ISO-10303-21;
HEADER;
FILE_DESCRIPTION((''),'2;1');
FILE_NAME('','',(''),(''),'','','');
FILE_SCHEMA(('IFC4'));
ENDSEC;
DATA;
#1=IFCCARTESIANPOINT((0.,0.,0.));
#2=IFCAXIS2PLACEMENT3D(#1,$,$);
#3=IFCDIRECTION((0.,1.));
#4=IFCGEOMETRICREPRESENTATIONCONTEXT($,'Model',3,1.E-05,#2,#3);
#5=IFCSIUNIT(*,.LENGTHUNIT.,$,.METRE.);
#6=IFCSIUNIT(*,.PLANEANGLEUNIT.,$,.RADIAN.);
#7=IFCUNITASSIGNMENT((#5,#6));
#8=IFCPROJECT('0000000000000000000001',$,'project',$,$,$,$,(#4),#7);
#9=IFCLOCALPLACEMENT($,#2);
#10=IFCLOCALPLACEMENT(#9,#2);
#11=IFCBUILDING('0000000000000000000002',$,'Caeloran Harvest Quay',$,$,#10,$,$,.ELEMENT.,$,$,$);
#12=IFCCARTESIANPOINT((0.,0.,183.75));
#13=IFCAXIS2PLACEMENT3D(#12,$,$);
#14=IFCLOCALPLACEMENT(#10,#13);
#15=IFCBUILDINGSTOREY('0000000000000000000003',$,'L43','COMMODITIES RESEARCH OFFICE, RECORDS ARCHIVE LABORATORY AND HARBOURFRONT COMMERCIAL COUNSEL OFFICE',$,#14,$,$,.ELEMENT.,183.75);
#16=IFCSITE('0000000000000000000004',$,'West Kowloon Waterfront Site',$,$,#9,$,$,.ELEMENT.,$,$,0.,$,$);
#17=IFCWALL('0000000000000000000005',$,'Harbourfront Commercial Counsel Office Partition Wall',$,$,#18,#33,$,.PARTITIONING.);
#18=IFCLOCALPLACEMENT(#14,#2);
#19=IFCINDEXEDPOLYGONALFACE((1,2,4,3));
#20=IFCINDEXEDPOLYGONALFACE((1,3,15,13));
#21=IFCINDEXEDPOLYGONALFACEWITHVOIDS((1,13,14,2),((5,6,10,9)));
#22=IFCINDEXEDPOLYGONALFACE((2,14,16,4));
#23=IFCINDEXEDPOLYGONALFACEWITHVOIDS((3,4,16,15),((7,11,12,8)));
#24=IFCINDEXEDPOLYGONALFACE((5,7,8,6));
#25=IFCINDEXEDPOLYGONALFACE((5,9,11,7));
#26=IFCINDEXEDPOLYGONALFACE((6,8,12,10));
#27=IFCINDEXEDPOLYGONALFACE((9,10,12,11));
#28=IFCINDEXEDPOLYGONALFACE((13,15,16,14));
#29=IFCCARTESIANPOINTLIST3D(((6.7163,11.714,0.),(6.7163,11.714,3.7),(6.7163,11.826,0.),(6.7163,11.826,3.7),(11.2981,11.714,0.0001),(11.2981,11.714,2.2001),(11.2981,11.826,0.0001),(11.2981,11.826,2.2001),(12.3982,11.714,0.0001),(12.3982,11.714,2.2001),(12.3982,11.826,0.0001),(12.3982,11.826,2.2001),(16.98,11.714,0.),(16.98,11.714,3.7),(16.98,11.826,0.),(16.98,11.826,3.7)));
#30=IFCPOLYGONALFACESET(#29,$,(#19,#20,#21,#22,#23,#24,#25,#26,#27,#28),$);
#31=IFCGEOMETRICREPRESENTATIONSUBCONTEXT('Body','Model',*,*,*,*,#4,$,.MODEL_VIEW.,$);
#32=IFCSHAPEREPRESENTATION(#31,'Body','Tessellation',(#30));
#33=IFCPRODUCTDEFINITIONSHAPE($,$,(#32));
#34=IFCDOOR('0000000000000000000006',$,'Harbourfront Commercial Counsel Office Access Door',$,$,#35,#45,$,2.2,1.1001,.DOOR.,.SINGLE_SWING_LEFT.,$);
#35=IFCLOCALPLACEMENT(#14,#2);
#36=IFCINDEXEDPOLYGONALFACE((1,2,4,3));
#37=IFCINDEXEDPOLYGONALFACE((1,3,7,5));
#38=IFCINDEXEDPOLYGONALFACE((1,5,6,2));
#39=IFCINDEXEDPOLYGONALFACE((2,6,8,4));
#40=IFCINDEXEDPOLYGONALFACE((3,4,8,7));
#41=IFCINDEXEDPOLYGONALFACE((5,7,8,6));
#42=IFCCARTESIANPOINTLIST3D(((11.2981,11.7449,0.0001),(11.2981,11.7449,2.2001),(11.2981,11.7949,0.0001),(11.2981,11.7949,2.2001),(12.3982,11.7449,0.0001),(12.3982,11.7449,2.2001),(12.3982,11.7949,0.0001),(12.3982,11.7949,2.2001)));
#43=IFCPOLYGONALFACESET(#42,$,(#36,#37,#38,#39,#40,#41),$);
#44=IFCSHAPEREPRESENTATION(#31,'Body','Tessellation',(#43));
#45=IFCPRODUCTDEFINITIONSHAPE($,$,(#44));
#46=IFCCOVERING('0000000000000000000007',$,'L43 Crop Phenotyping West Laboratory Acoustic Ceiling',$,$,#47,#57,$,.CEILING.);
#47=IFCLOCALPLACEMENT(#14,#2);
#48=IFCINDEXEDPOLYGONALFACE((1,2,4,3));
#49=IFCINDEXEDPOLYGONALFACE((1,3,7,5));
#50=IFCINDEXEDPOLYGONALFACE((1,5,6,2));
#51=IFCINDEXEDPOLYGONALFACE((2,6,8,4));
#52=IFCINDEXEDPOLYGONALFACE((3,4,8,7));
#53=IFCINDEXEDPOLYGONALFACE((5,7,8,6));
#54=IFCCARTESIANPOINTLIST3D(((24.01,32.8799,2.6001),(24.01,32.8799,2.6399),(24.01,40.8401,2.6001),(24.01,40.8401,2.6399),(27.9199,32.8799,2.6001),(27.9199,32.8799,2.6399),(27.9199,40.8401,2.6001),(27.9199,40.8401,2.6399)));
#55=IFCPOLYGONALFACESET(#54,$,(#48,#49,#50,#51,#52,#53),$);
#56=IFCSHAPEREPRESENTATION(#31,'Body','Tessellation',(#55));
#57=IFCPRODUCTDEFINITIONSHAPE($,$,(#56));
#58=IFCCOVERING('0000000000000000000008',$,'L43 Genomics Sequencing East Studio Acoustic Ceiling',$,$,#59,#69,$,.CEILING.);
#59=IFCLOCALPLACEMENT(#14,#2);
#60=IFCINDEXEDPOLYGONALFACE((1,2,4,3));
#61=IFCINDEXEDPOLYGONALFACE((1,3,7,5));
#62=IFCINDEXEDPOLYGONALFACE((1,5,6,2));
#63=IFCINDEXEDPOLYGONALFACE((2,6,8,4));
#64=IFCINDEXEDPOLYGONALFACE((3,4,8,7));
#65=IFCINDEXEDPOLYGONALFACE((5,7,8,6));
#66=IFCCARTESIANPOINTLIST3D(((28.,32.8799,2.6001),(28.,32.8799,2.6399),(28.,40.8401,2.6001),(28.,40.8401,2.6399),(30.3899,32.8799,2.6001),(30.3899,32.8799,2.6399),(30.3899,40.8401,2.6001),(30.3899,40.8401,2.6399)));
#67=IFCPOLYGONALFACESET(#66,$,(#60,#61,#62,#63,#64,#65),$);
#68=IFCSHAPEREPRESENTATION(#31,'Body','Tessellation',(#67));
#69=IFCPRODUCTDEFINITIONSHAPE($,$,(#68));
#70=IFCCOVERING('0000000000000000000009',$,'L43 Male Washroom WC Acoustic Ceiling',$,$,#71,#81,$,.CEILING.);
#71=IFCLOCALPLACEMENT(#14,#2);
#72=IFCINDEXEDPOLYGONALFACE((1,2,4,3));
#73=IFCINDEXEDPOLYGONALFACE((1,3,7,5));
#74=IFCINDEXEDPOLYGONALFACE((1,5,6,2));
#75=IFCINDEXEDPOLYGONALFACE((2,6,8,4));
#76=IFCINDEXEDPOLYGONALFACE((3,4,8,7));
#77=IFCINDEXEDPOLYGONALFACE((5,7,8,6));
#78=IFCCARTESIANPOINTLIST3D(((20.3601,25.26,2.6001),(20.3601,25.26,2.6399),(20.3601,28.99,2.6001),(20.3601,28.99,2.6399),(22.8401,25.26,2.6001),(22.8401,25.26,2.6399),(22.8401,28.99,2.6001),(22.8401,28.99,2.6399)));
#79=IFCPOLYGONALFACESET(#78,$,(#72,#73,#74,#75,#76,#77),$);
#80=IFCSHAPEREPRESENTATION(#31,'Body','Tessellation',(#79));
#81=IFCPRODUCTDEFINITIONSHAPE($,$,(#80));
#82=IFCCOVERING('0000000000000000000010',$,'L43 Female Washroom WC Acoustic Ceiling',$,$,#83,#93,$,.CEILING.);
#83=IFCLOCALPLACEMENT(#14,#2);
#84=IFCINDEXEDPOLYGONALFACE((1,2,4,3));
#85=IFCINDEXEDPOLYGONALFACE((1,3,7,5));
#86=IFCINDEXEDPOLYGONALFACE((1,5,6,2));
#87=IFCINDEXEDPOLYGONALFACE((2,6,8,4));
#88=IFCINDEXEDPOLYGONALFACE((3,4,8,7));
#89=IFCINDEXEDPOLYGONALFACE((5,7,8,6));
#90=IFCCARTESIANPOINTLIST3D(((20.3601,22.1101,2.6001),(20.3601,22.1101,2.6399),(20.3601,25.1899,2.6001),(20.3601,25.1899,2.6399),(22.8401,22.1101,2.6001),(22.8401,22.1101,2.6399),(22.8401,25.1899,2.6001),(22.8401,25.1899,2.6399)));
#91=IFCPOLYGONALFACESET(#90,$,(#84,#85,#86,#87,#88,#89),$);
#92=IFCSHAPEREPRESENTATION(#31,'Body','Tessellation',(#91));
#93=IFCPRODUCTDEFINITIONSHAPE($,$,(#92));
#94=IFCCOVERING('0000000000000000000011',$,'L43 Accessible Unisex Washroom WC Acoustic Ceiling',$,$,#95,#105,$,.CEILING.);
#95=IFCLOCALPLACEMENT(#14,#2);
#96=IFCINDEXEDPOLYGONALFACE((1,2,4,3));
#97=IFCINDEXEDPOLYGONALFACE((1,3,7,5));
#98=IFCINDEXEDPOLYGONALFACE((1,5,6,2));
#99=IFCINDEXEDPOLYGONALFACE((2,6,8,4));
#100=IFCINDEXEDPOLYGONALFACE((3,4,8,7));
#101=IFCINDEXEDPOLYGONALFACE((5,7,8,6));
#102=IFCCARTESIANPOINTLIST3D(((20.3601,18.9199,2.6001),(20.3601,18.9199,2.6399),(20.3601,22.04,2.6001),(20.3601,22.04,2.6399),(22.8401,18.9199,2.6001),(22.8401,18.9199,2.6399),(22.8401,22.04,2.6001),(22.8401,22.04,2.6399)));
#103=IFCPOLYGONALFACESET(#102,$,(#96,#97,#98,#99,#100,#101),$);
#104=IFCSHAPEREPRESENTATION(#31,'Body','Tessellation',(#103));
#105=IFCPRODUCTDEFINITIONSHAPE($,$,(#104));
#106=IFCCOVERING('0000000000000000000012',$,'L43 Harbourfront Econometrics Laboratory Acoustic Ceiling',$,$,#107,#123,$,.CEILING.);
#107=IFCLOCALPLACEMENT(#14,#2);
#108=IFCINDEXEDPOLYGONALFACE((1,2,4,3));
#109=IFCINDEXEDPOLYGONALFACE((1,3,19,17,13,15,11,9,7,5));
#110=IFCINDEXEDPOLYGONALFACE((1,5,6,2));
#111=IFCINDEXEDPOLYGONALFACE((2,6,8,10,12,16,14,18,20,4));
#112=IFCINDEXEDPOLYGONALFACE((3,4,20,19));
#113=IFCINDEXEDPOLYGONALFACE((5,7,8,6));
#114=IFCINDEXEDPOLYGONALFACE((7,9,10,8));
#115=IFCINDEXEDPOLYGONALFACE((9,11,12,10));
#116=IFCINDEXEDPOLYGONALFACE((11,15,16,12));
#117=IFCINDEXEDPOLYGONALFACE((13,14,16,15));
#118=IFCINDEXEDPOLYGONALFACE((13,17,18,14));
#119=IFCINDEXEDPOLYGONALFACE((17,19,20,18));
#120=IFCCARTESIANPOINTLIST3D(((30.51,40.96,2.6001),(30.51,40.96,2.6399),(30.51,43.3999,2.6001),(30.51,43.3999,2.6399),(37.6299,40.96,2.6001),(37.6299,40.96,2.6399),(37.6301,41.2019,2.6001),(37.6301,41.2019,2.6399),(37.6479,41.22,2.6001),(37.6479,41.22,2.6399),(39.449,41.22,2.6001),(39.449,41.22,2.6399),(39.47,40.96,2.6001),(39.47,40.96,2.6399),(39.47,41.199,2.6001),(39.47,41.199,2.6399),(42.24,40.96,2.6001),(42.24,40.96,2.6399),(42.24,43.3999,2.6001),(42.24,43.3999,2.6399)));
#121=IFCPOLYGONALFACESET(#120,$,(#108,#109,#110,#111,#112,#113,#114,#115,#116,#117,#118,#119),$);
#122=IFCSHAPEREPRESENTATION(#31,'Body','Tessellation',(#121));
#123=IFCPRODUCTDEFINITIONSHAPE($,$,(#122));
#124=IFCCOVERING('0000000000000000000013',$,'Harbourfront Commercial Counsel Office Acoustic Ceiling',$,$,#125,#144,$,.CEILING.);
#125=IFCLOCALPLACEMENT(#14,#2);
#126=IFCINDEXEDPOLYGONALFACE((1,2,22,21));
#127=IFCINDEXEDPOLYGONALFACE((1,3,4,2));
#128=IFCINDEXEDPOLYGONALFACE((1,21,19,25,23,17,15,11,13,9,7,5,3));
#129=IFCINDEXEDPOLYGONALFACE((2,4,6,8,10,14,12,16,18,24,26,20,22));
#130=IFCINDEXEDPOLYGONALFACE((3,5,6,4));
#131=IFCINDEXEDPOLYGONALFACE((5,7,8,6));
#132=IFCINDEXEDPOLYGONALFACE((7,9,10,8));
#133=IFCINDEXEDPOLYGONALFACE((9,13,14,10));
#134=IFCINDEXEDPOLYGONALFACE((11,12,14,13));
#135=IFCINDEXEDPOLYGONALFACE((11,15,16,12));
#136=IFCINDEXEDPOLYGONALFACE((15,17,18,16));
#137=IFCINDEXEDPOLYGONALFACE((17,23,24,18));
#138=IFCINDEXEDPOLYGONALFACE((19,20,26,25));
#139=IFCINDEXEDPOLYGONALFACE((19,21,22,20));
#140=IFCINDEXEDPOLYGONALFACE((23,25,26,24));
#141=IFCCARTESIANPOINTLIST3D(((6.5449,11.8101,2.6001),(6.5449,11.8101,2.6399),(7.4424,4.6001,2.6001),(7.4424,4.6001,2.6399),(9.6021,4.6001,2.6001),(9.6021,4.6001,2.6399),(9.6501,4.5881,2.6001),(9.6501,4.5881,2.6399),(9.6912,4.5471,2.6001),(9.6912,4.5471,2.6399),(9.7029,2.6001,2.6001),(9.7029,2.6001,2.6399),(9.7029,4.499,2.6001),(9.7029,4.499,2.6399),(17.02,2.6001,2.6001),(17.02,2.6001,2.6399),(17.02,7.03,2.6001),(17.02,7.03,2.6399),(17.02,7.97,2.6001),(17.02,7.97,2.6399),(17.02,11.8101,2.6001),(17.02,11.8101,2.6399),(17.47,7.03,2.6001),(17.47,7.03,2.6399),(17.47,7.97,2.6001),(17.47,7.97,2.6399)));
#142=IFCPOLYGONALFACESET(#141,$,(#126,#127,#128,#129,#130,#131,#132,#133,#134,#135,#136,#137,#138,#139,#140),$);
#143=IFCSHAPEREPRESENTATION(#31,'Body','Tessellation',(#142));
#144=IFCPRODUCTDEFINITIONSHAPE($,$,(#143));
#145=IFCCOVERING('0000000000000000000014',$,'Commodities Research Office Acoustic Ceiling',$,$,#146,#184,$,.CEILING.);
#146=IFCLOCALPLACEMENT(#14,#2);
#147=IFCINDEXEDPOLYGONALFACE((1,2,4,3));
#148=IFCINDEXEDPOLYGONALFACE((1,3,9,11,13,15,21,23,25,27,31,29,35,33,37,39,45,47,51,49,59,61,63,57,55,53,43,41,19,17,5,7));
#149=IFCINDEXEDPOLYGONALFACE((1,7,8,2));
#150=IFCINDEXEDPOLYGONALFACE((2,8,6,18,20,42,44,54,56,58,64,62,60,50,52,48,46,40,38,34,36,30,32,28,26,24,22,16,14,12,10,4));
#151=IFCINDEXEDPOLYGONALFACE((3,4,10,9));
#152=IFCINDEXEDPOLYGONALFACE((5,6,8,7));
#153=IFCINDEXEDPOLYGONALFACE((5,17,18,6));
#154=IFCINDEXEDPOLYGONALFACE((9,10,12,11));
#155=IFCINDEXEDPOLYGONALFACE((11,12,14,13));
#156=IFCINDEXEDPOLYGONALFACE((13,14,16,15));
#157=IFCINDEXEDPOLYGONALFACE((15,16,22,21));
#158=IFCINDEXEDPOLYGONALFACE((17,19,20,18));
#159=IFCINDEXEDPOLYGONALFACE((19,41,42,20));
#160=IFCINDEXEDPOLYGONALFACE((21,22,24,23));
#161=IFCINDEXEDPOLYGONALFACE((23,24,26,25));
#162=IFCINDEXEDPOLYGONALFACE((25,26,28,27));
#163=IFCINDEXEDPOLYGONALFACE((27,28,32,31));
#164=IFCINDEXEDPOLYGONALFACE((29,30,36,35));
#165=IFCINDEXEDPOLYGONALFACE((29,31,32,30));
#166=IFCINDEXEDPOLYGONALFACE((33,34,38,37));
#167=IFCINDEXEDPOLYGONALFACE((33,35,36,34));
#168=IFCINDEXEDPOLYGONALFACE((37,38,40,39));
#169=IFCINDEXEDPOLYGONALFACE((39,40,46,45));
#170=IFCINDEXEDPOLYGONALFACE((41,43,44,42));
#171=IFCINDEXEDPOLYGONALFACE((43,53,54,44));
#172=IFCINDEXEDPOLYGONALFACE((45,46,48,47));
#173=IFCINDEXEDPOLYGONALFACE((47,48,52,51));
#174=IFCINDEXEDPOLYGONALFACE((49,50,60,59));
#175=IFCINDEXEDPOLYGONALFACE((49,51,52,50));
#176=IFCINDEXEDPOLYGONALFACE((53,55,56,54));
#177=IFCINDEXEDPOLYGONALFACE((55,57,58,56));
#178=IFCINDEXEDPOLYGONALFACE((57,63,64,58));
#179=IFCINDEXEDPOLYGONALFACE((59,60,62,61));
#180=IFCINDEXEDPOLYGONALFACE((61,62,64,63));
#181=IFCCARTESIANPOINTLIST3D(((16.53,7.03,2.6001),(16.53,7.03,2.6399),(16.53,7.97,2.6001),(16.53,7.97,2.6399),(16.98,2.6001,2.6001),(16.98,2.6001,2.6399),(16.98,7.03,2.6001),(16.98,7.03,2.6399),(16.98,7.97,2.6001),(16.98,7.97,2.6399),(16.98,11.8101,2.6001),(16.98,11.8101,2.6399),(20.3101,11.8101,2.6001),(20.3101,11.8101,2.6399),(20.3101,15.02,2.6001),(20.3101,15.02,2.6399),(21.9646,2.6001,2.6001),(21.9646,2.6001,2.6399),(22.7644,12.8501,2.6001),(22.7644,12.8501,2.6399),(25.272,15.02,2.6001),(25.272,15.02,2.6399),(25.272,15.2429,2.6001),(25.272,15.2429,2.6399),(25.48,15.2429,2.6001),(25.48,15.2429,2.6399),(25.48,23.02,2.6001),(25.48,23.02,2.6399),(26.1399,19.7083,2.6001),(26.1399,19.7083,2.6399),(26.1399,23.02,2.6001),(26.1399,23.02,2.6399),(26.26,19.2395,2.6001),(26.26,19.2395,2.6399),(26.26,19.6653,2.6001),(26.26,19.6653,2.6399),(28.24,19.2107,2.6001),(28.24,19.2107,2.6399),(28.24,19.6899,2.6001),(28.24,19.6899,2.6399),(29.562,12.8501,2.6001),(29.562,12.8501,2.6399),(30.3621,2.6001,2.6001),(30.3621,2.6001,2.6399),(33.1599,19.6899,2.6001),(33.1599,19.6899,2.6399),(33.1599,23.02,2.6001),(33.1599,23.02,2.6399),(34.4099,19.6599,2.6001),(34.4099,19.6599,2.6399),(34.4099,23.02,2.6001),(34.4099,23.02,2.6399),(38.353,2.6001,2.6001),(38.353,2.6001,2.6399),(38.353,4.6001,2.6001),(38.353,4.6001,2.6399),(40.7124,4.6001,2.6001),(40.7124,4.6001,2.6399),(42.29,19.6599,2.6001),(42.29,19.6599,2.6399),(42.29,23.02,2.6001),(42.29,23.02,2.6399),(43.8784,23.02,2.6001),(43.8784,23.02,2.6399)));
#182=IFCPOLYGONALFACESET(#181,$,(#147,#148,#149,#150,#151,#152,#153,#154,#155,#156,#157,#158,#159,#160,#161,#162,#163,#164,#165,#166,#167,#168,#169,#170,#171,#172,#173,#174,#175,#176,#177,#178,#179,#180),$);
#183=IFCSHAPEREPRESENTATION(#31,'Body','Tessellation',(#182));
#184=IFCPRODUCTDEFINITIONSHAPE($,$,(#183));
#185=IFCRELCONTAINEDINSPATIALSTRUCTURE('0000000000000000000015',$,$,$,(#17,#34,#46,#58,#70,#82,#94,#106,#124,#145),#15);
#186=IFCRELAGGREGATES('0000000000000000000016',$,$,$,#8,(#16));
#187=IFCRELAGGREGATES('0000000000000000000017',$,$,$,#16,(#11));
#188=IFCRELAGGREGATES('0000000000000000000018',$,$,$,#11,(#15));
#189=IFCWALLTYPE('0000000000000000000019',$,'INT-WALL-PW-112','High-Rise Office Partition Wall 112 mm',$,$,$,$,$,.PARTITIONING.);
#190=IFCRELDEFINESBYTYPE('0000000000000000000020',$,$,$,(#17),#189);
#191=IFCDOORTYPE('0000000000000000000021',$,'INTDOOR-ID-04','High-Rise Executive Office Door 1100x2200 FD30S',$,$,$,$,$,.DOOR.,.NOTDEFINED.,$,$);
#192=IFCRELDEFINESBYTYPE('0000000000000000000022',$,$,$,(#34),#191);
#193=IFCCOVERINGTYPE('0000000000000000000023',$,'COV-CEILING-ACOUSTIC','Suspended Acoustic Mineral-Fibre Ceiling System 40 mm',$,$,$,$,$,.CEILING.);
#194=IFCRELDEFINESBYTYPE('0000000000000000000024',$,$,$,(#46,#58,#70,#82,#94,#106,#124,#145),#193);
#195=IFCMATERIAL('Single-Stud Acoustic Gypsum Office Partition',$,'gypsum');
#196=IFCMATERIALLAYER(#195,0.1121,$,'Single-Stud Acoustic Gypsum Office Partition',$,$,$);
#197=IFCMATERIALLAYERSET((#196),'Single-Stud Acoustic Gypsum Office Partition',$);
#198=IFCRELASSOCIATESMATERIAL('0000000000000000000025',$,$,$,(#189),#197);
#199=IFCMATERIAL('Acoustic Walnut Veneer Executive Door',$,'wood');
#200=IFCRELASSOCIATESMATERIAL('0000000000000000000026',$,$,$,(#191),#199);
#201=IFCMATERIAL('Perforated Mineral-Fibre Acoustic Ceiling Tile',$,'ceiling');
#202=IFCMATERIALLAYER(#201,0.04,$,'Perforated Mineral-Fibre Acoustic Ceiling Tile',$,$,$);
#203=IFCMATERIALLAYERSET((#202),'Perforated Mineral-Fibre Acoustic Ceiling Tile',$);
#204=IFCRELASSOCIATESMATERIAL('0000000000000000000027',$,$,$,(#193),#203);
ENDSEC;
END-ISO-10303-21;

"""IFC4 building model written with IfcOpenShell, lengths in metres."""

from ifc_helpers import new_model, si_unit, direction, frame, frame_2d, origin, place, context, subcontext, project, spatial, polyline, rectangle, outline, extrude, material, layer, layer_set, type_object, element, fill, save


model = new_model("IFC4")

# Units and contexts
model_context = context("Model", 3, precision=1e-05, world=origin(), true_north=direction((0.0, 1.0)))
body_context = subcontext(model_context, "Body", "Model", "MODEL_VIEW")
ifc_project = project(units=[si_unit("LENGTHUNIT", "METRE"), si_unit("PLANEANGLEUNIT", "RADIAN")], contexts=[model_context])

# Site, building, storey
site_placement = place(None, origin())
site = spatial("IfcSite", under=ifc_project, at=site_placement, Name="West Kowloon Waterfront Site", CompositionType="ELEMENT", RefElevation=0.0)
building_placement = place(site_placement, origin())
building = spatial("IfcBuilding", under=site, at=building_placement, Name="Caeloran Harvest Quay", CompositionType="ELEMENT")
storey_placement = place(building_placement, frame((0.0, 0.0, 183.75)))
storey = spatial("IfcBuildingStorey", under=building, at=storey_placement, Name="L43", Description="COMMODITIES RESEARCH OFFICE, RECORDS ARCHIVE LABORATORY AND HARBOURFRONT COMMERCIAL COUNSEL OFFICE", CompositionType="ELEMENT", Elevation=183.75)

# Wall, opening, door
ifc_material_1 = material(Name="Single-Stud Acoustic Gypsum Office Partition", Category="gypsum")
ifc_layer_1 = layer(ifc_material_1, 0.1121, Name="Single-Stud Acoustic Gypsum Office Partition")
ifc_layer_set_1 = layer_set([ifc_layer_1], Name="Single-Stud Acoustic Gypsum Office Partition")
wall_type_1 = type_object("IfcWallType", Name="INT-WALL-PW-112", Description="High-Rise Office Partition Wall 112 mm", PredefinedType="PARTITIONING", material=ifc_layer_set_1)
wall_1_placement = place(storey_placement, frame((6.7163, 11.77, 0.0), z_axis=(0.0, 0.0, 1.0), x_axis=(1.0, 0.0, 0.0)))
wall_1 = element("IfcWall", 1, at=wall_1_placement, inside=storey, type_object=wall_type_1, Name="Harbourfront Commercial Counsel Office Partition Wall", PredefinedType="PARTITIONING", context=body_context, shape_type="SweptSolid", body=[
    extrude(rectangle(XDim=10.2637, YDim=0.1121, at=frame_2d((5.1318, 0.0))), origin(), (0.0, 0.0, 1.0), 3.7),
])
opening_1_placement = place(wall_1_placement, frame((4.5818, 0.0, 0.0)))
opening_1 = element("IfcOpeningElement", 2, at=opening_1_placement, cuts=wall_1, PredefinedType="OPENING", context=body_context, shape_type="SweptSolid", body=[
    extrude(rectangle(XDim=1.1001, YDim=2.2, at=frame_2d((0.55, 1.1001))), frame((0.0, 0.0659, 0.0), z_axis=(0.0, -1.0, 0.0), x_axis=(1.0, 0.0, 0.0)), (0.0, 0.0, 1.0), 0.1321),
])
ifc_material_2 = material(Name="Acoustic Walnut Veneer Executive Door", Category="wood")
door_type = type_object("IfcDoorType", Name="INTDOOR-ID-04", Description="High-Rise Executive Office Door 1100x2200 FD30S", OperationType="NOTDEFINED", PredefinedType="DOOR", material=ifc_material_2)
door_placement = place(opening_1_placement, origin())
door = element("IfcDoor", 3, at=door_placement, inside=storey, type_object=door_type, Name="Harbourfront Commercial Counsel Office Access Door", OperationType="SINGLE_SWING_LEFT", OverallHeight=2.2, OverallWidth=1.1001, PredefinedType="DOOR", context=body_context, shape_type="SweptSolid", body=[
    extrude(rectangle(XDim=1.1001, YDim=2.2, at=frame_2d((0.55, 1.1001))), frame((0.0, 0.0249, 0.0), z_axis=(0.0, -1.0, 0.0), x_axis=(1.0, 0.0, 0.0)), (0.0, 0.0, 1.0), 0.05),
])
fill(opening_1, door)

# Coverings
ifc_material_3 = material(Name="Perforated Mineral-Fibre Acoustic Ceiling Tile", Category="ceiling")
ifc_layer_2 = layer(ifc_material_3, 0.04, Name="Perforated Mineral-Fibre Acoustic Ceiling Tile")
ifc_layer_set_2 = layer_set([ifc_layer_2], Name="Perforated Mineral-Fibre Acoustic Ceiling Tile")
covering_type_1 = type_object("IfcCoveringType", Name="COV-CEILING-ACOUSTIC", Description="Suspended Acoustic Mineral-Fibre Ceiling System 40 mm", PredefinedType="CEILING", material=ifc_layer_set_2)
covering_1_placement = place(storey_placement, frame((0.0, 0.0, 2.6001)))
element("IfcCovering", 4, at=covering_1_placement, inside=storey, type_object=covering_type_1, Name="L43 Crop Phenotyping West Laboratory Acoustic Ceiling", PredefinedType="CEILING", context=body_context, shape_type="SweptSolid", body=[
    extrude(outline(polyline([(27.9199, 40.8401), (27.9199, 32.8799), (24.01, 32.8799), (24.01, 40.8401), (27.9199, 40.8401)])), origin(), (0.0, 0.0, 1.0), 0.0398),
])
covering_2_placement = place(storey_placement, frame((0.0, 0.0, 2.6001)))
element("IfcCovering", 5, at=covering_2_placement, inside=storey, type_object=covering_type_1, Name="L43 Genomics Sequencing East Studio Acoustic Ceiling", PredefinedType="CEILING", context=body_context, shape_type="SweptSolid", body=[
    extrude(outline(polyline([(30.3899, 40.8401), (30.3899, 32.8799), (28.0, 32.8799), (28.0, 40.8401), (30.3899, 40.8401)])), origin(), (0.0, 0.0, 1.0), 0.0398),
])
covering_3_placement = place(storey_placement, frame((0.0, 0.0, 2.6001)))
element("IfcCovering", 6, at=covering_3_placement, inside=storey, type_object=covering_type_1, Name="L43 Male Washroom WC Acoustic Ceiling", PredefinedType="CEILING", context=body_context, shape_type="SweptSolid", body=[
    extrude(outline(polyline([(22.8401, 28.99), (22.8401, 25.26), (20.3601, 25.26), (20.3601, 28.99), (22.8401, 28.99)])), origin(), (0.0, 0.0, 1.0), 0.0398),
])
covering_4_placement = place(storey_placement, frame((0.0, 0.0, 2.6001)))
element("IfcCovering", 7, at=covering_4_placement, inside=storey, type_object=covering_type_1, Name="L43 Female Washroom WC Acoustic Ceiling", PredefinedType="CEILING", context=body_context, shape_type="SweptSolid", body=[
    extrude(outline(polyline([(22.8401, 25.1899), (22.8401, 22.1101), (20.3601, 22.1101), (20.3601, 25.1899), (22.8401, 25.1899)])), origin(), (0.0, 0.0, 1.0), 0.0398),
])
covering_5_placement = place(storey_placement, frame((0.0, 0.0, 2.6001)))
element("IfcCovering", 8, at=covering_5_placement, inside=storey, type_object=covering_type_1, Name="L43 Accessible Unisex Washroom WC Acoustic Ceiling", PredefinedType="CEILING", context=body_context, shape_type="SweptSolid", body=[
    extrude(outline(polyline([(22.8401, 22.04), (22.8401, 18.9199), (20.3601, 18.9199), (20.3601, 22.04), (22.8401, 22.04)])), origin(), (0.0, 0.0, 1.0), 0.0398),
])
covering_6_placement = place(storey_placement, frame((0.0, 0.0, 2.6001)))
element("IfcCovering", 9, at=covering_6_placement, inside=storey, type_object=covering_type_1, Name="L43 Harbourfront Econometrics Laboratory Acoustic Ceiling", PredefinedType="CEILING", context=body_context, shape_type="SweptSolid", body=[
    extrude(outline(polyline([(39.47, 41.199), (39.449, 41.22), (37.6479, 41.22), (37.6301, 41.2019), (37.6299, 40.96), (30.51, 40.96), (30.51, 43.3999), (42.24, 43.3999), (42.24, 40.96), (39.47, 40.96), (39.47, 41.199)])), origin(), (0.0, 0.0, 1.0), 0.0398),
])
covering_7_placement = place(storey_placement, frame((0.0, 0.0, 2.6001)))
element("IfcCovering", 10, at=covering_7_placement, inside=storey, type_object=covering_type_1, Name="Harbourfront Commercial Counsel Office Acoustic Ceiling", PredefinedType="CEILING", context=body_context, shape_type="SweptSolid", body=[
    extrude(outline(polyline([(9.6912, 4.5471), (9.6501, 4.5881), (9.6021, 4.6001), (7.4424, 4.6001), (6.5449, 11.8101), (17.02, 11.8101), (17.02, 7.97), (17.47, 7.97), (17.47, 7.03), (17.02, 7.03), (17.02, 2.6001), (9.7029, 2.6001), (9.7029, 4.499), (9.6912, 4.5471)])), origin(), (0.0, 0.0, 1.0), 0.0398),
])
covering_8_placement = place(storey_placement, frame((0.0, 0.0, 2.6001)))
element("IfcCovering", 11, at=covering_8_placement, inside=storey, type_object=covering_type_1, Name="Commodities Research Office Acoustic Ceiling", PredefinedType="CEILING", context=body_context, shape_type="SweptSolid", body=[
    extrude(outline(polyline([(16.53, 7.97), (16.98, 7.97), (16.98, 11.8101), (20.3101, 11.8101), (20.3101, 15.02), (25.272, 15.02), (25.272, 15.2429), (25.48, 15.2429), (25.48, 23.02), (26.1399, 23.02), (26.1399, 19.7083), (26.26, 19.6653), (26.26, 19.2395), (28.24, 19.2107), (28.24, 19.6899), (33.1599, 19.6899), (33.1599, 23.02), (34.4099, 23.02), (34.4099, 19.6599), (42.29, 19.6599), (42.29, 23.02), (43.8784, 23.02), (40.7124, 4.6001), (38.353, 4.6001), (38.353, 2.6001), (30.3621, 2.6001), (29.562, 12.8501), (22.7644, 12.8501), (21.9646, 2.6001), (16.98, 2.6001), (16.98, 7.03), (16.53, 7.03), (16.53, 7.97)])), origin(), (0.0, 0.0, 1.0), 0.0398),
])

save(model, "model.ifc")
